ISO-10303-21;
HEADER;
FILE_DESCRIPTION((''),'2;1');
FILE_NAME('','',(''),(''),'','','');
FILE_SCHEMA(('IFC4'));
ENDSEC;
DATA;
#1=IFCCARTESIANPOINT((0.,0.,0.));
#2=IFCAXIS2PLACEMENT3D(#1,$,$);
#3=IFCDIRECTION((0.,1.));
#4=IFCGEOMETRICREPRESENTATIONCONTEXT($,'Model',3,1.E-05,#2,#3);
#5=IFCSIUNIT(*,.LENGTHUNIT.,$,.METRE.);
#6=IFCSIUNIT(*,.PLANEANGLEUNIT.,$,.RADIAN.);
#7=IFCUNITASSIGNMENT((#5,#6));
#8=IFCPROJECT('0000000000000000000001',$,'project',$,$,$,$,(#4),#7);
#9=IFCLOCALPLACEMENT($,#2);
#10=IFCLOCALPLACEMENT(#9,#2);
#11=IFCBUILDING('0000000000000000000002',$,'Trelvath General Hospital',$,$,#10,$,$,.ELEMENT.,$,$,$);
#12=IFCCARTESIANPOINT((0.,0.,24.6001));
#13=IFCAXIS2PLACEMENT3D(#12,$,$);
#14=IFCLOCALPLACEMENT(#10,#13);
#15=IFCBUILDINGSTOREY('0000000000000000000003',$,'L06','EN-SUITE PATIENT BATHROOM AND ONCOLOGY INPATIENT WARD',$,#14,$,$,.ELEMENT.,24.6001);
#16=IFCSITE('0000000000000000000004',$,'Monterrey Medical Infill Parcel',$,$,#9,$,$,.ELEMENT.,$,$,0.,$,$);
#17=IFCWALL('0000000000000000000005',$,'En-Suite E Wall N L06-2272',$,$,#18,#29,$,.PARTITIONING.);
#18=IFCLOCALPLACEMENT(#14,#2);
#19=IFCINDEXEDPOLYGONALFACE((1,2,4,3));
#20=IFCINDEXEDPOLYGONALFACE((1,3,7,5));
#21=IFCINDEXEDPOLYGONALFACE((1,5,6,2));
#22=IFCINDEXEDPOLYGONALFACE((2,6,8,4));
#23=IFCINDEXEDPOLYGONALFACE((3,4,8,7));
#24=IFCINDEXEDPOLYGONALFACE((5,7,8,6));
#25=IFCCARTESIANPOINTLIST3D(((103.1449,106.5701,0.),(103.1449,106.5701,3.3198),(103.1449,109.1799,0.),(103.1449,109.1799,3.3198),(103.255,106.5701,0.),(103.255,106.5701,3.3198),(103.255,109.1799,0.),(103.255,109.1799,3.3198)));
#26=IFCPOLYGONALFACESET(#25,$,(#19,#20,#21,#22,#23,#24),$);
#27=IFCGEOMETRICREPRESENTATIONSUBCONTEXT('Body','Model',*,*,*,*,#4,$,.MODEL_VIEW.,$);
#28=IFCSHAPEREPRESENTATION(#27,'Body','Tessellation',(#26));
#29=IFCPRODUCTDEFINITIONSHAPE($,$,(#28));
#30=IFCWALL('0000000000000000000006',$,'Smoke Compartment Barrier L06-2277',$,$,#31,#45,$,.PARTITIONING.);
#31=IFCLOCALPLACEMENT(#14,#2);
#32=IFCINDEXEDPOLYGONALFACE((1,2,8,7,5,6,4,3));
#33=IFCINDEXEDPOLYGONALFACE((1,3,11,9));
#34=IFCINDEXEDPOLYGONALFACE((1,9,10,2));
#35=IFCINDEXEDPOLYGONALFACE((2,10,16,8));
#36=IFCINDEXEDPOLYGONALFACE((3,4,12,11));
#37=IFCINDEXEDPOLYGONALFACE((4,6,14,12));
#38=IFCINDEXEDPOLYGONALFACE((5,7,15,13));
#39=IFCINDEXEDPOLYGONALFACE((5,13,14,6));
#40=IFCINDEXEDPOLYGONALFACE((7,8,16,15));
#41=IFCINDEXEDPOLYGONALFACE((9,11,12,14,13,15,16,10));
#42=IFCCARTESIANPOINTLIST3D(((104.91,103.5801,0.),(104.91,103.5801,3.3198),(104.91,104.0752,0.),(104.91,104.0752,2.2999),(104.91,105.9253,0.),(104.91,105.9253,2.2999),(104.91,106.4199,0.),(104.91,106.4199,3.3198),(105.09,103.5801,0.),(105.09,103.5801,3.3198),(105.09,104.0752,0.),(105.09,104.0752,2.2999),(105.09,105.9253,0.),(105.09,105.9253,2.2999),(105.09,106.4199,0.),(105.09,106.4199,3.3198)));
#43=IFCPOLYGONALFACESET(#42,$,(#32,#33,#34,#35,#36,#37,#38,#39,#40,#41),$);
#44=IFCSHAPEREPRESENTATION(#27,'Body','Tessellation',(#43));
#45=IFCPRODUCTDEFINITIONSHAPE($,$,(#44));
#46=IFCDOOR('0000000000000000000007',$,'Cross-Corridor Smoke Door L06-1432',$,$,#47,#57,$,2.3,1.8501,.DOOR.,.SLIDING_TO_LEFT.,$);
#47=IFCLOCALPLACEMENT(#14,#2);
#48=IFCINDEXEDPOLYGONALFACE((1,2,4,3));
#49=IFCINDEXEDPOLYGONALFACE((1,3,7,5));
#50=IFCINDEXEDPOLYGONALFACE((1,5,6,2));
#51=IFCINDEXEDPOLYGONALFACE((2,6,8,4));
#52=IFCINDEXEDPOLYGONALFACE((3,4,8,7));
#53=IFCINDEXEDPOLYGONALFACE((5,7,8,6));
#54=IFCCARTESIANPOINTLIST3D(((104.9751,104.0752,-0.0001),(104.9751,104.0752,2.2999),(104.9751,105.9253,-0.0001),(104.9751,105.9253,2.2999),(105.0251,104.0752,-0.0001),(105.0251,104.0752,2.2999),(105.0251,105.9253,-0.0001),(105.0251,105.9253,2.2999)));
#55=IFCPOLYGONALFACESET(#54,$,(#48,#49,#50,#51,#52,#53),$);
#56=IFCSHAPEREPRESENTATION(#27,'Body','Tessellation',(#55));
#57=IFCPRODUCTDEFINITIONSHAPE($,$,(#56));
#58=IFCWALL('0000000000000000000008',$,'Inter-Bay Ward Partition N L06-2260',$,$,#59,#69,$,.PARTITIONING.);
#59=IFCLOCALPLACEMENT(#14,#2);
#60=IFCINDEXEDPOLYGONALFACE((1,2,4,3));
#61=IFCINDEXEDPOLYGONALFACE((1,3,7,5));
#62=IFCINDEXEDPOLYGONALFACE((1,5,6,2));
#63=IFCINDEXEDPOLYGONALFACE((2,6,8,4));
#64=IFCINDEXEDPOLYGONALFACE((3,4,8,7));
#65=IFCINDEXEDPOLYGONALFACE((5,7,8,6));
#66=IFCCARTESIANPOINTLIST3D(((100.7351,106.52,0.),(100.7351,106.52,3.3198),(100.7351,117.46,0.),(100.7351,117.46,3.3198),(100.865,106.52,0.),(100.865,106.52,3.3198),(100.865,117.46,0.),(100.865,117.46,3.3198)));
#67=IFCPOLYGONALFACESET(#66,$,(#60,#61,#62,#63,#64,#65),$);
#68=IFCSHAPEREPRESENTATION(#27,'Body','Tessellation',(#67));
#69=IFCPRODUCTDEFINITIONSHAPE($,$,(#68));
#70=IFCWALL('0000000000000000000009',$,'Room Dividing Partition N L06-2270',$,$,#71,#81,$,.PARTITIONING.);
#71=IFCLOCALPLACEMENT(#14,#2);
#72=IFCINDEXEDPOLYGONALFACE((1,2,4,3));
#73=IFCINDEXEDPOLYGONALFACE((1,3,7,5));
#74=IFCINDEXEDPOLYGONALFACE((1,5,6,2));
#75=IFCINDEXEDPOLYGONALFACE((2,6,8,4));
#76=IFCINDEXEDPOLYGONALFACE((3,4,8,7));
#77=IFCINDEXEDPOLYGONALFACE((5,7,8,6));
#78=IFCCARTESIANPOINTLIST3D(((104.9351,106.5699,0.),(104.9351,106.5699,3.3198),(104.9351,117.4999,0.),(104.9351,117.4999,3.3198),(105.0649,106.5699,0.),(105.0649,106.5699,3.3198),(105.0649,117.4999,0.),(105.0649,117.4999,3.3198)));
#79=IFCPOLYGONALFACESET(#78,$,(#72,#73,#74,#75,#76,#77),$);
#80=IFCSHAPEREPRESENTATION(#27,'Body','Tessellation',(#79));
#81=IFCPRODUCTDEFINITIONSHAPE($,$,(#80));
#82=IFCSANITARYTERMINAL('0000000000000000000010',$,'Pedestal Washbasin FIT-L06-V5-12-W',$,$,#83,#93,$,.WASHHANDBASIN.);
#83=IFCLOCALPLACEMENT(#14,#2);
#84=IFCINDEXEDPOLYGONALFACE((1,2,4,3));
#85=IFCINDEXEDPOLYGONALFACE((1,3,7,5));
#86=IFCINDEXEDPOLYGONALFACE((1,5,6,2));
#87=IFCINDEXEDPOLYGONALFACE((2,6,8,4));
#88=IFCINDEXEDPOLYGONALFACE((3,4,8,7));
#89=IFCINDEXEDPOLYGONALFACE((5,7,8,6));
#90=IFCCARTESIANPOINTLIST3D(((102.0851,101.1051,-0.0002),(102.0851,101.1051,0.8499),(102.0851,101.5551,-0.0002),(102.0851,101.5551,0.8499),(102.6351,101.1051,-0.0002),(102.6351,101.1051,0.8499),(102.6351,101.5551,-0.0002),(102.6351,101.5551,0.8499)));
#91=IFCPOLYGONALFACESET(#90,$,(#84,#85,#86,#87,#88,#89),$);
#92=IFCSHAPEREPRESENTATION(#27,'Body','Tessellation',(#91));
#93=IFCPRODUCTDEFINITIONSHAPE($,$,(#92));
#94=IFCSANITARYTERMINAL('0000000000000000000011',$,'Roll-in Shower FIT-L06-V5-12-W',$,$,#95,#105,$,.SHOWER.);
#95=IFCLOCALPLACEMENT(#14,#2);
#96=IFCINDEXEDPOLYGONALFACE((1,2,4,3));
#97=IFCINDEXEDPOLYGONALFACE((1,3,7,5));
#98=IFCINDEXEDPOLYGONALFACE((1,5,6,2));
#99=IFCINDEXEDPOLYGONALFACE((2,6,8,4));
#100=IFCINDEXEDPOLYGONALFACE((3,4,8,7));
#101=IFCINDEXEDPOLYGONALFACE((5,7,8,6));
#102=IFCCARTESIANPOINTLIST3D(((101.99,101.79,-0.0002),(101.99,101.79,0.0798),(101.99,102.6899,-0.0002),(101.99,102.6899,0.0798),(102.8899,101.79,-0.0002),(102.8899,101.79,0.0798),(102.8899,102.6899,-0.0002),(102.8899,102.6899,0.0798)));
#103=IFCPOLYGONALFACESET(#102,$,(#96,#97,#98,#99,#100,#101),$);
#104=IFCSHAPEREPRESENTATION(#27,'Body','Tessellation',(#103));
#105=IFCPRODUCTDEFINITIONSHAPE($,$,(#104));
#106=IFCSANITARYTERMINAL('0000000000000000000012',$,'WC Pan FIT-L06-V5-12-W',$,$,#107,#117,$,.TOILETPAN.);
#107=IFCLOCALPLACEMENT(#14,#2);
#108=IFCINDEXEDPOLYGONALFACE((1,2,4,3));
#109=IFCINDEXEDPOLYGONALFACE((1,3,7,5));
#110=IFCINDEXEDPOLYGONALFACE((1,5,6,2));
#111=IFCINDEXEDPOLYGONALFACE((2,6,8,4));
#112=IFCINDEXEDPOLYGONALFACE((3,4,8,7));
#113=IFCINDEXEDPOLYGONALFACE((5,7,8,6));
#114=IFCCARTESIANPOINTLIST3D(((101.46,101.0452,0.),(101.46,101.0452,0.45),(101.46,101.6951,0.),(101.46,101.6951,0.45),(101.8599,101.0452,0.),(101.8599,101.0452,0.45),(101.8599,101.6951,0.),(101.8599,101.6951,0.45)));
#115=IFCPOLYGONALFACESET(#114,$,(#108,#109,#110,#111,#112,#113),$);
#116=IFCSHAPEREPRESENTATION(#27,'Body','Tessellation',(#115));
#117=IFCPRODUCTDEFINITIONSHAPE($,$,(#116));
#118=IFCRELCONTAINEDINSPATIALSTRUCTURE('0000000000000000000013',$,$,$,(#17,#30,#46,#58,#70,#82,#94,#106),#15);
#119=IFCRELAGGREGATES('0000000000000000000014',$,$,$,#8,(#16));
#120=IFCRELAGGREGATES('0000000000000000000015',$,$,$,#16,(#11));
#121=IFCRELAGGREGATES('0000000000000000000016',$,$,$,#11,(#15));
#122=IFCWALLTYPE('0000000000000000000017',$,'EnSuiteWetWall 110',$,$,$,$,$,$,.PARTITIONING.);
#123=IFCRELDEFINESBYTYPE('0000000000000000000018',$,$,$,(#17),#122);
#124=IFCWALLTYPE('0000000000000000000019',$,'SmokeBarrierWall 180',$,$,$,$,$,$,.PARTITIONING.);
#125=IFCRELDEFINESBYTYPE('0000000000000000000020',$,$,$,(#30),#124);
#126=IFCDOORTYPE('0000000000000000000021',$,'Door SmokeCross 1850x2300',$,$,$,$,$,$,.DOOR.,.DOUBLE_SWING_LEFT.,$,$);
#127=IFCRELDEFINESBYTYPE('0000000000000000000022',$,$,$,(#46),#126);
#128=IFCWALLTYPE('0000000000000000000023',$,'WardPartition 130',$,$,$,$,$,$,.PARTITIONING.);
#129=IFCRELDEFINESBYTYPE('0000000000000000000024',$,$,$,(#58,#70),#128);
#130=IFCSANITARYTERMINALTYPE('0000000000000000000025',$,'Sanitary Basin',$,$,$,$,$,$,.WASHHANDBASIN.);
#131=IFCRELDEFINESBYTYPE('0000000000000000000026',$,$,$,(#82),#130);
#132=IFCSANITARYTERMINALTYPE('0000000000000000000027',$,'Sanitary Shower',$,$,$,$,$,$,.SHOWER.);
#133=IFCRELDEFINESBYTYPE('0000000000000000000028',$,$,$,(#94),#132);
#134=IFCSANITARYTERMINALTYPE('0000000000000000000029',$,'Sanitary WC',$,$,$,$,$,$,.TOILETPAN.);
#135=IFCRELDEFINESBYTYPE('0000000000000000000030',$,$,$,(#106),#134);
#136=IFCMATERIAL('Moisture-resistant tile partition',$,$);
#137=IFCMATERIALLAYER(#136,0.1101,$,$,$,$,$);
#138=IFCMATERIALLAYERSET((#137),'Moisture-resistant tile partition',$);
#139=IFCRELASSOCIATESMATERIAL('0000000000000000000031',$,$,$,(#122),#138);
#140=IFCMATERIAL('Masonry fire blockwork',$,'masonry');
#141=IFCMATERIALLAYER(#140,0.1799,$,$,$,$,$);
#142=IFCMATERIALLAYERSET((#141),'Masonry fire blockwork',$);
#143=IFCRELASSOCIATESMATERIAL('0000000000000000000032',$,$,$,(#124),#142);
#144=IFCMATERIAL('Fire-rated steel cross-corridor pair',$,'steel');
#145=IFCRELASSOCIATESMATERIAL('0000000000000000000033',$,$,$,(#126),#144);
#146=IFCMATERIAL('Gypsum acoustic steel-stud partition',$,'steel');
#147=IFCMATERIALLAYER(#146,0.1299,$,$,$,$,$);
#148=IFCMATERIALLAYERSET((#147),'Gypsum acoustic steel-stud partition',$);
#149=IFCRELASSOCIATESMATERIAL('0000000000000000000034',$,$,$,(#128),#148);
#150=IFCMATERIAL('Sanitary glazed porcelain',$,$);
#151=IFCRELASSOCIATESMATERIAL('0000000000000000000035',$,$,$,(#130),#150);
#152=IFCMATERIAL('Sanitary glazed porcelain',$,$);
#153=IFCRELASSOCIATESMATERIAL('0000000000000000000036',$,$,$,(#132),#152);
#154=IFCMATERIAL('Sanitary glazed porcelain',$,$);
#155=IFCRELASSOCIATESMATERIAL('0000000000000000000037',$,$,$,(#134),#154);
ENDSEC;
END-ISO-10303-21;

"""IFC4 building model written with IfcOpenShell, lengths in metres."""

from ifc_helpers import new_model, si_unit, direction, frame, frame_2d, origin, origin_2d, place, context, subcontext, project, spatial, rectangle, extrude, material, layer, layer_set, type_object, element, fill, save


model = new_model("IFC4")

# Units and contexts
model_context = context("Model", 3, precision=1e-05, world=origin(), true_north=direction((0.0, 1.0)))
body_context = subcontext(model_context, "Body", "Model", "MODEL_VIEW")
ifc_project = project(units=[si_unit("LENGTHUNIT", "METRE"), si_unit("PLANEANGLEUNIT", "RADIAN")], contexts=[model_context])

# Site, building, storey
site_placement = place(None, origin())
site = spatial("IfcSite", under=ifc_project, at=site_placement, Name="Monterrey Medical Infill Parcel", CompositionType="ELEMENT", RefElevation=0.0)
building_placement = place(site_placement, origin())
building = spatial("IfcBuilding", under=site, at=building_placement, Name="Trelvath General Hospital", CompositionType="ELEMENT")
storey_placement = place(building_placement, frame((0.0, 0.0, 24.6001)))
storey = spatial("IfcBuildingStorey", under=building, at=storey_placement, Name="L06", Description="EN-SUITE PATIENT BATHROOM AND ONCOLOGY INPATIENT WARD", CompositionType="ELEMENT", Elevation=24.6001)

# Shared definitions
ifc_material_1 = material(Name="Moisture-resistant tile partition")
ifc_layer_1 = layer(ifc_material_1, 0.1101)
ifc_layer_set_1 = layer_set([ifc_layer_1], Name="Moisture-resistant tile partition")
wall_type_1 = type_object("IfcWallType", Name="EnSuiteWetWall 110", PredefinedType="PARTITIONING", material=ifc_layer_set_1)

# Wall
for number, where, z_axis, x_axis, name in (
    (1, (103.2, 106.5701, 0.0), (0.0, 0.0, 1.0), (0.0, 1.0, 0.0), "En-Suite E Wall N L06-2272"),
):
    element("IfcWall", number, at=place(storey_placement, frame(where, z_axis=z_axis, x_axis=x_axis)), inside=storey, type_object=wall_type_1, Name=name, PredefinedType="PARTITIONING", context=body_context, shape_type="SweptSolid", body=[
        extrude(rectangle(XDim=2.6099, YDim=0.1101, at=frame_2d((1.3049, 0.0))), origin(), (0.0, 0.0, 1.0), 3.3198),
    ])

# Wall, opening, door
ifc_material_2 = material(Name="Masonry fire blockwork", Category="masonry")
ifc_layer_2 = layer(ifc_material_2, 0.1799)
ifc_layer_set_2 = layer_set([ifc_layer_2], Name="Masonry fire blockwork")
wall_type_2 = type_object("IfcWallType", Name="SmokeBarrierWall 180", PredefinedType="PARTITIONING", material=ifc_layer_set_2)
wall_1_placement = place(storey_placement, frame((105.0, 103.5801, 0.0), z_axis=(0.0, 0.0, 1.0), x_axis=(0.0, 1.0, 0.0)))
wall_1 = element("IfcWall", 2, at=wall_1_placement, inside=storey, type_object=wall_type_2, Name="Smoke Compartment Barrier L06-2277", PredefinedType="PARTITIONING", context=body_context, shape_type="SweptSolid", body=[
    extrude(rectangle(XDim=2.8398, YDim=0.1799, at=frame_2d((1.4199, 0.0))), origin(), (0.0, 0.0, 1.0), 3.3198),
])
opening_1_placement = place(wall_1_placement, frame((0.4951, 0.0, 0.0)))
opening_1 = element("IfcOpeningElement", 3, at=opening_1_placement, cuts=wall_1, PredefinedType="OPENING", context=body_context, shape_type="SweptSolid", body=[
    extrude(rectangle(XDim=1.8501, YDim=2.3, at=frame_2d((0.925, 1.1499))), frame((0.0, 0.0999, 0.0), z_axis=(0.0, -1.0, 0.0), x_axis=(1.0, 0.0, 0.0)), (0.0, 0.0, 1.0), 0.2),
])
ifc_material_3 = material(Name="Fire-rated steel cross-corridor pair", Category="steel")
door_type_1 = type_object("IfcDoorType", Name="Door SmokeCross 1850x2300", OperationType="DOUBLE_SWING_LEFT", PredefinedType="DOOR", material=ifc_material_3)
door_1_placement = place(opening_1_placement, origin())
door_1 = element("IfcDoor", 4, at=door_1_placement, inside=storey, type_object=door_type_1, Name="Cross-Corridor Smoke Door L06-1432", OperationType="SLIDING_TO_LEFT", OverallHeight=2.3, OverallWidth=1.8501, PredefinedType="DOOR", context=body_context, shape_type="SweptSolid", body=[
    extrude(rectangle(XDim=1.8501, YDim=2.3, at=frame_2d((0.925, 1.1499))), frame((0.0, 0.0249, 0.0), z_axis=(0.0, -1.0, 0.0), x_axis=(1.0, 0.0, 0.0)), (0.0, 0.0, 1.0), 0.05),
])
fill(opening_1, door_1)

# Walls
ifc_material_4 = material(Name="Gypsum acoustic steel-stud partition", Category="steel")
ifc_layer_3 = layer(ifc_material_4, 0.1299)
ifc_layer_set_3 = layer_set([ifc_layer_3], Name="Gypsum acoustic steel-stud partition")
wall_type_3 = type_object("IfcWallType", Name="WardPartition 130", PredefinedType="PARTITIONING", material=ifc_layer_set_3)
wall_2_placement = place(storey_placement, frame((100.8, 106.52, 0.0), z_axis=(0.0, 0.0, 1.0), x_axis=(0.0, 1.0, 0.0)))
element("IfcWall", 5, at=wall_2_placement, inside=storey, type_object=wall_type_3, Name="Inter-Bay Ward Partition N L06-2260", PredefinedType="PARTITIONING", context=body_context, shape_type="SweptSolid", body=[
    extrude(rectangle(XDim=10.9399, YDim=0.1299, at=frame_2d((5.47, 0.0))), origin(), (0.0, 0.0, 1.0), 3.3198),
])
wall_3_placement = place(storey_placement, frame((105.0, 106.5701, 0.0), z_axis=(0.0, 0.0, 1.0), x_axis=(0.0, 1.0, 0.0)))
element("IfcWall", 6, at=wall_3_placement, inside=storey, type_object=wall_type_3, Name="Room Dividing Partition N L06-2270", PredefinedType="PARTITIONING", context=body_context, shape_type="SweptSolid", body=[
    extrude(rectangle(XDim=10.9299, YDim=0.1299, at=frame_2d((5.4648, 0.0))), origin(), (0.0, 0.0, 1.0), 3.3198),
])

# Sanitary terminals
ifc_material_5 = material(Name="Sanitary glazed porcelain")
sanitary_terminal_type_1 = type_object("IfcSanitaryTerminalType", Name="Sanitary Basin", PredefinedType="WASHHANDBASIN", material=ifc_material_5)
sanitary_terminal_1_placement = place(storey_placement, frame((102.3601, 101.3301, -0.0002), z_axis=(0.0, 0.0, 1.0), x_axis=(1.0, 0.0, 0.0)))
element("IfcSanitaryTerminal", 7, at=sanitary_terminal_1_placement, inside=storey, type_object=sanitary_terminal_type_1, Name="Pedestal Washbasin FIT-L06-V5-12-W", PredefinedType="WASHHANDBASIN", context=body_context, shape_type="SweptSolid", body=[
    extrude(rectangle(XDim=0.55, YDim=0.45, at=origin_2d()), origin(), (0.0, 0.0, 1.0), 0.8501),
])
ifc_material_6 = material(Name="Sanitary glazed porcelain")
sanitary_terminal_type_2 = type_object("IfcSanitaryTerminalType", Name="Sanitary Shower", PredefinedType="SHOWER", material=ifc_material_6)
sanitary_terminal_2_placement = place(storey_placement, frame((102.4399, 102.24, -0.0002), z_axis=(0.0, 0.0, 1.0), x_axis=(1.0, 0.0, 0.0)))
element("IfcSanitaryTerminal", 8, at=sanitary_terminal_2_placement, inside=storey, type_object=sanitary_terminal_type_2, Name="Roll-in Shower FIT-L06-V5-12-W", PredefinedType="SHOWER", context=body_context, shape_type="SweptSolid", body=[
    extrude(rectangle(XDim=0.8999, YDim=0.8999, at=origin_2d()), origin(), (0.0, 0.0, 1.0), 0.0801),
])
ifc_material_7 = material(Name="Sanitary glazed porcelain")
sanitary_terminal_type_3 = type_object("IfcSanitaryTerminalType", Name="Sanitary WC", PredefinedType="TOILETPAN", material=ifc_material_7)
sanitary_terminal_3_placement = place(storey_placement, frame((101.6599, 101.3701, 0.0), z_axis=(0.0, 0.0, 1.0), x_axis=(1.0, 0.0, 0.0)))
element("IfcSanitaryTerminal", 9, at=sanitary_terminal_3_placement, inside=storey, type_object=sanitary_terminal_type_3, Name="WC Pan FIT-L06-V5-12-W", PredefinedType="TOILETPAN", context=body_context, shape_type="SweptSolid", body=[
    extrude(rectangle(XDim=0.3999, YDim=0.6499, at=origin_2d()), origin(), (0.0, 0.0, 1.0), 0.45),
])

save(model, "model.ifc")
